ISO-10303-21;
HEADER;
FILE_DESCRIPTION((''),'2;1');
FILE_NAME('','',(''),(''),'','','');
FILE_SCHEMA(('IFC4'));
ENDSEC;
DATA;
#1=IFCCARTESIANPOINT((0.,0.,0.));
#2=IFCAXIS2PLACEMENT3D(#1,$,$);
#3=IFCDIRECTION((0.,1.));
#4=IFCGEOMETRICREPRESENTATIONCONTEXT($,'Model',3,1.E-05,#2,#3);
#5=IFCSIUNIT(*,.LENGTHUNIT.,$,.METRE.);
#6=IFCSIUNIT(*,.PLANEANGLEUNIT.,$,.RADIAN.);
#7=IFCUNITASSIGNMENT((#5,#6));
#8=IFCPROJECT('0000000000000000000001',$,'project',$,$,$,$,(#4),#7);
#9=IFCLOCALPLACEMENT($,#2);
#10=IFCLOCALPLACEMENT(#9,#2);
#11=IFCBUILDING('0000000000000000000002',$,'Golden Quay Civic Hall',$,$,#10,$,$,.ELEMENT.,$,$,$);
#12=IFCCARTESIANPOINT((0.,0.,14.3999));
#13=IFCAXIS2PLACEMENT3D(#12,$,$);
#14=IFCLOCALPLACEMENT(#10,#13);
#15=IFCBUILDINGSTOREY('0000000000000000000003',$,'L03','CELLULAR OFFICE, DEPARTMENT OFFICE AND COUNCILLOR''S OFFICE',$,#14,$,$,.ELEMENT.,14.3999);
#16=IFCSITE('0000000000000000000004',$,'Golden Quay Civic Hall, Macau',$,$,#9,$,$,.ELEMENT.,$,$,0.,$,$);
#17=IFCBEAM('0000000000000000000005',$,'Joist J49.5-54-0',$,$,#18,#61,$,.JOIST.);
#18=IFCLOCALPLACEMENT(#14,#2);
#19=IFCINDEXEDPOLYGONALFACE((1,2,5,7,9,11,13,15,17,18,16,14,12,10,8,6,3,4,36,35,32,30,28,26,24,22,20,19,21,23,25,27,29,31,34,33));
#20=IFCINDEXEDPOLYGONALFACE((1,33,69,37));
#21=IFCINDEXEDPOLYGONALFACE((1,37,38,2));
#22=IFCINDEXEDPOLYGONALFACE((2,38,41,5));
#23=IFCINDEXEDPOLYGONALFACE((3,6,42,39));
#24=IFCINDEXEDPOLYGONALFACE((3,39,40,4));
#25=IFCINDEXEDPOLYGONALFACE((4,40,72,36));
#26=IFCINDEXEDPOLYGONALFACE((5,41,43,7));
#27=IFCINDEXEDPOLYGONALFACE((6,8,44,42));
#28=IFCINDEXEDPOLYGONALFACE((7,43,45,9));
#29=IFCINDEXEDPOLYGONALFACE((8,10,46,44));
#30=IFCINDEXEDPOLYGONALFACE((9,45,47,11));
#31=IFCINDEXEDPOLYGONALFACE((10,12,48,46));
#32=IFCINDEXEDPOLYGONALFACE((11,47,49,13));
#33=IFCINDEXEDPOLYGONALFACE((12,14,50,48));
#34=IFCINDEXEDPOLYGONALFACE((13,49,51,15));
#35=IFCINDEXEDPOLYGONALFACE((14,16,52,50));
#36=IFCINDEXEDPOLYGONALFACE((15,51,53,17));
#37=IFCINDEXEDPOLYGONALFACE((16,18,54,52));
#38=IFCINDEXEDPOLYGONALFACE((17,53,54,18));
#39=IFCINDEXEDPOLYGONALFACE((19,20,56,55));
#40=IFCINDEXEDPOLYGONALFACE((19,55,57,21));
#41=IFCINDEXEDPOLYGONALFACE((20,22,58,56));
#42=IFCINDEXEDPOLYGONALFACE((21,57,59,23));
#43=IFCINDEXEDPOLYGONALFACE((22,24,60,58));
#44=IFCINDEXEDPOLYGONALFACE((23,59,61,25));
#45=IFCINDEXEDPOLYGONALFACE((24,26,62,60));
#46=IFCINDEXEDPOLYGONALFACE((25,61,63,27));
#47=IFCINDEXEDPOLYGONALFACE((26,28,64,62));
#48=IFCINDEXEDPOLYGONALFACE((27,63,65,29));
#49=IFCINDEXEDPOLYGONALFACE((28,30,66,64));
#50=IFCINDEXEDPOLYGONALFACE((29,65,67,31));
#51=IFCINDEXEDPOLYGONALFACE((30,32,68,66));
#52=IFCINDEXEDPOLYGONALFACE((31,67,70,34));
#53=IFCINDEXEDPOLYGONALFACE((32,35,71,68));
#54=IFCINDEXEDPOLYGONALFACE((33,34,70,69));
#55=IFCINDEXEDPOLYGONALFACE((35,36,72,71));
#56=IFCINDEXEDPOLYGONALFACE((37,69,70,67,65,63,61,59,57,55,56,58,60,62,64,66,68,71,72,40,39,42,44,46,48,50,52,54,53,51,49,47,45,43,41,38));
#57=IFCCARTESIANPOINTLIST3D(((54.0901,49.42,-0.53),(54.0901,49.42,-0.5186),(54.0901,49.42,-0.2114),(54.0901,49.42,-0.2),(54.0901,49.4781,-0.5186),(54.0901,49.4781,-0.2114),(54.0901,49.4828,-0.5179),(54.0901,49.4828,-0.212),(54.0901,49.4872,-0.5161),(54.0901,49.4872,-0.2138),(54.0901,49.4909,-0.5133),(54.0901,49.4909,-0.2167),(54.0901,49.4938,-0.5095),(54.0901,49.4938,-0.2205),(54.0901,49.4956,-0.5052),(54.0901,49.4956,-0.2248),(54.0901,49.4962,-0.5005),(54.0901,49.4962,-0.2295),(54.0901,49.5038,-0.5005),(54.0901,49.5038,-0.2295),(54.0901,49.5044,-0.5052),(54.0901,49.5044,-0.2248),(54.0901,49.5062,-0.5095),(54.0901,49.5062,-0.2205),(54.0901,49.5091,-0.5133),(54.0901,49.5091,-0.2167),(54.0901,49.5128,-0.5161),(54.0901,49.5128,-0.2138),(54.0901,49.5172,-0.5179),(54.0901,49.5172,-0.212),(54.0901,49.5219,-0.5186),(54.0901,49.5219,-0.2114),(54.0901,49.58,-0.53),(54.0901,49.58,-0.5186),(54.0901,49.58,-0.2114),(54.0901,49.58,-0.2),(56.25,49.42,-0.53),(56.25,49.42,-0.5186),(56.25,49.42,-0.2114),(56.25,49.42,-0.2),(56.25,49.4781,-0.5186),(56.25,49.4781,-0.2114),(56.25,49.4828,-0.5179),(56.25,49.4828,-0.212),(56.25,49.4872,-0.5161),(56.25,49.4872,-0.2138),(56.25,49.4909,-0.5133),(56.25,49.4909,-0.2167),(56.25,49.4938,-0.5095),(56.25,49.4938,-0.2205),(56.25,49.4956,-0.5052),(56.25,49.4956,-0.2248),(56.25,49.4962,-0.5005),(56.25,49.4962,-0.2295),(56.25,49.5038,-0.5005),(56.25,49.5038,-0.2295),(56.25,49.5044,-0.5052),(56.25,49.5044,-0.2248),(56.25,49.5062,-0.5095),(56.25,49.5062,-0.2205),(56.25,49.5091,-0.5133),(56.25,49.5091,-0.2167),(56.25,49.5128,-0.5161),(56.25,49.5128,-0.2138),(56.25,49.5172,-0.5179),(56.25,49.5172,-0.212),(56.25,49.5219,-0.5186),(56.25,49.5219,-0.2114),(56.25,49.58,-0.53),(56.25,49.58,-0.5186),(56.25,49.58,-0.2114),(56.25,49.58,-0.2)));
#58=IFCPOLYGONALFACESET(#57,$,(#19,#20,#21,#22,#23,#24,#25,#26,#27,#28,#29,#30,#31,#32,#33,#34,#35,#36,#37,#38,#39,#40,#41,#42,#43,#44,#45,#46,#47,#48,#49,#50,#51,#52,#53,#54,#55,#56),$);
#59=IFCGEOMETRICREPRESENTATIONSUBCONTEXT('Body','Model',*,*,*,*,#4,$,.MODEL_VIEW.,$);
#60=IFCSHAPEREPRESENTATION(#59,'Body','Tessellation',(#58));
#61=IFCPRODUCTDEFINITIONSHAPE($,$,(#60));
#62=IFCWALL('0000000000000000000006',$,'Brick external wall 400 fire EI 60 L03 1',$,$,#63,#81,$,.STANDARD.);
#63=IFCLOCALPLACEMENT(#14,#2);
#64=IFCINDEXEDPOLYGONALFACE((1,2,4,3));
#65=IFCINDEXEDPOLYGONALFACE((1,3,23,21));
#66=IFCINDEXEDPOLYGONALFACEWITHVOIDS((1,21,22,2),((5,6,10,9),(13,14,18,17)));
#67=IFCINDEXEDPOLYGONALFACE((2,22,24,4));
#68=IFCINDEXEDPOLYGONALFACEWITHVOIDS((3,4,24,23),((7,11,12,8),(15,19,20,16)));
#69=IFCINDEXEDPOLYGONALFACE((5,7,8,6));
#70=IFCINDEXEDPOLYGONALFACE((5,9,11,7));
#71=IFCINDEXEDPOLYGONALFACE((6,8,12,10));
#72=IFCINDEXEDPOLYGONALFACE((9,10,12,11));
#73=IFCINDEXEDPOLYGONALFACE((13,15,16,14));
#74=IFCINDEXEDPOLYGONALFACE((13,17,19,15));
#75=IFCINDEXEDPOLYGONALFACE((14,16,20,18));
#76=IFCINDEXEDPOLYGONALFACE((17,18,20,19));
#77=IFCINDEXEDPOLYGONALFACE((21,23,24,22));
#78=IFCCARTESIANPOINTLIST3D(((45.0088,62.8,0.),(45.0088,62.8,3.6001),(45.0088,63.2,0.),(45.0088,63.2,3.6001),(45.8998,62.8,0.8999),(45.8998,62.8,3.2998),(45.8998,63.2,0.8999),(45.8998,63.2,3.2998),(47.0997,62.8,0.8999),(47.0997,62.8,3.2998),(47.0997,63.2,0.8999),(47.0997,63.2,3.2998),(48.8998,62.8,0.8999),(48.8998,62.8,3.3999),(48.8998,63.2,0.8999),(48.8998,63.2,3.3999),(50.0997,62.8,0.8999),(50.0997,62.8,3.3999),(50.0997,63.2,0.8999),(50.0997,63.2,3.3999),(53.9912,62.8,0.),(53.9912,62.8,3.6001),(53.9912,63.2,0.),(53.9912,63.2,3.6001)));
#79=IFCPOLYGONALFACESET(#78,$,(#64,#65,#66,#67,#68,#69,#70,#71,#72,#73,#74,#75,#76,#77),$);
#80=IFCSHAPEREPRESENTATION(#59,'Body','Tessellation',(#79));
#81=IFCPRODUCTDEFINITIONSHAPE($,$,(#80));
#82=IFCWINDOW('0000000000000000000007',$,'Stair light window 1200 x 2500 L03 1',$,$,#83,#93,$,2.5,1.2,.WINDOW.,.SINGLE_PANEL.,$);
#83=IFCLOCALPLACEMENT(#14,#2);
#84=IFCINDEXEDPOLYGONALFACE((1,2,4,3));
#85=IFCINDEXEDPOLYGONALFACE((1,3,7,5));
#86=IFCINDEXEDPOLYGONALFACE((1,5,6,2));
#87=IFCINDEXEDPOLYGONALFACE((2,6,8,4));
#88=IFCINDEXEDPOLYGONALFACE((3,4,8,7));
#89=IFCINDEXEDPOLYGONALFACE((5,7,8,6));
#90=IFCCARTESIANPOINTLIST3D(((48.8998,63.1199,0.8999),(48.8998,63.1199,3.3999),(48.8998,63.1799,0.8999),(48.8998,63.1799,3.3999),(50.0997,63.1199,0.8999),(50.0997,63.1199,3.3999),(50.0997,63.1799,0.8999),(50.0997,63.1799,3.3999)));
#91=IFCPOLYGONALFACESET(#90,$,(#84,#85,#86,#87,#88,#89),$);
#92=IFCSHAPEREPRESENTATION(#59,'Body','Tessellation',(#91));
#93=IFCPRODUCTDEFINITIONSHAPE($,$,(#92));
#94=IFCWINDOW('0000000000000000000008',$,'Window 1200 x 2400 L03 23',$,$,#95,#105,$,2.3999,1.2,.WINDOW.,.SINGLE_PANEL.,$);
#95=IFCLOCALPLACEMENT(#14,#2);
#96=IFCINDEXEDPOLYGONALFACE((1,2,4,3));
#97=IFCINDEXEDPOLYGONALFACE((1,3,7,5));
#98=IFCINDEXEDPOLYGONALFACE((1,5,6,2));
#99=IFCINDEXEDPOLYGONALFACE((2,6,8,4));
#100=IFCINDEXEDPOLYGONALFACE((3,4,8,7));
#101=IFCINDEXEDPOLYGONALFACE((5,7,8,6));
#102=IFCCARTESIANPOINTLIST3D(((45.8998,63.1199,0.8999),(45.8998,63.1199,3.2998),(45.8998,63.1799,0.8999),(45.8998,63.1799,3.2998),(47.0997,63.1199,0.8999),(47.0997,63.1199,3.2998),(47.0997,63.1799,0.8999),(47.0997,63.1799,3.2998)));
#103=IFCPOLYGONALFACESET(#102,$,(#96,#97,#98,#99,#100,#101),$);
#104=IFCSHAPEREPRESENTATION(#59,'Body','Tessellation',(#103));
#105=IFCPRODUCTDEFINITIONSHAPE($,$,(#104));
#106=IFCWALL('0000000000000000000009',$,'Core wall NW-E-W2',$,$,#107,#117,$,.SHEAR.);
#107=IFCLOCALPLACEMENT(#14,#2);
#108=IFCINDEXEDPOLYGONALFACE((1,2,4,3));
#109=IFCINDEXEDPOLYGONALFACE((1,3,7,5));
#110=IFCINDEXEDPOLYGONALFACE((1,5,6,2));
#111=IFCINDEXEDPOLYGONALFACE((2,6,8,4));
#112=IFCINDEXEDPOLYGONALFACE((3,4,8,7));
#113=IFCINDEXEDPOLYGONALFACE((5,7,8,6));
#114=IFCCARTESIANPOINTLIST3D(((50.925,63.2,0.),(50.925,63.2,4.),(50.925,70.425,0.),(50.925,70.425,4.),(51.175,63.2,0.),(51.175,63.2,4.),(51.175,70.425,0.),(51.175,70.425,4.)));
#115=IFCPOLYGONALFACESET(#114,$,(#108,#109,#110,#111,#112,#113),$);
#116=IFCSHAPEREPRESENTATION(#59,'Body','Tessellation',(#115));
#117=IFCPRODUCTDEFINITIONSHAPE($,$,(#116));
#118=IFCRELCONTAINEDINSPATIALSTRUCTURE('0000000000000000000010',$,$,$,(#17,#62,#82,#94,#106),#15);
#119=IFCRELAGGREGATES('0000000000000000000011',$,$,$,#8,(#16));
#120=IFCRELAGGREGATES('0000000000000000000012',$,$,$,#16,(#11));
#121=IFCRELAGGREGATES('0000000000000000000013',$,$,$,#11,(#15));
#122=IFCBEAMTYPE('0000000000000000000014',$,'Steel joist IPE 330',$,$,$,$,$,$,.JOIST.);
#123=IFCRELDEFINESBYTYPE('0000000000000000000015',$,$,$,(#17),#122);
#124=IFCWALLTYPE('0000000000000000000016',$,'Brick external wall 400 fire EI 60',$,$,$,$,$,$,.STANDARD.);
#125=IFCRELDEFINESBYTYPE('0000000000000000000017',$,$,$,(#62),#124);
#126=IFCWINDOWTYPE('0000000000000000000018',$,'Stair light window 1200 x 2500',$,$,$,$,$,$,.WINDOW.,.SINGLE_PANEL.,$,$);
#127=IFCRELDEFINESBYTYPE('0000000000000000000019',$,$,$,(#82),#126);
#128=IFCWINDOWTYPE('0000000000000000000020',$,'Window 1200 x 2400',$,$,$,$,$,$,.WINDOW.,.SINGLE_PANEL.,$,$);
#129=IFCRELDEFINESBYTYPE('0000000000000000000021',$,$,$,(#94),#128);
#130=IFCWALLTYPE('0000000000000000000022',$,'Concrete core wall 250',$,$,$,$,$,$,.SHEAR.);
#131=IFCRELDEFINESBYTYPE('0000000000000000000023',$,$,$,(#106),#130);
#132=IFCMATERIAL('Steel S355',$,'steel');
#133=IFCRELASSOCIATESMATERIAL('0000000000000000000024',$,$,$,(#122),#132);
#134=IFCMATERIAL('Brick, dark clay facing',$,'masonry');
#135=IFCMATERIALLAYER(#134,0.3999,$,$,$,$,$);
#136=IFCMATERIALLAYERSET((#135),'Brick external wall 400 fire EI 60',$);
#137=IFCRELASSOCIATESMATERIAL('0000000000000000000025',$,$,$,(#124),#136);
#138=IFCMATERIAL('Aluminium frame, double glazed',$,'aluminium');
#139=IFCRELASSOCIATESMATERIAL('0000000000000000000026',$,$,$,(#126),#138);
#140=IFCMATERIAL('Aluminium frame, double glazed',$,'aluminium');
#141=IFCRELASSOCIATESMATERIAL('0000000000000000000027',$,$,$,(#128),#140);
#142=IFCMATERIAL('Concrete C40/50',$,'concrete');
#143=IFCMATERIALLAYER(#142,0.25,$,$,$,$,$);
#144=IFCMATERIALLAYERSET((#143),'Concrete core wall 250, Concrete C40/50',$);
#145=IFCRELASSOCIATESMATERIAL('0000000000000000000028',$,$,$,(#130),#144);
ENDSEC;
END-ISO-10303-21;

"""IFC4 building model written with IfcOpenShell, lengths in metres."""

from ifc_helpers import new_model, si_unit, direction, frame, frame_2d, origin, origin_2d, place, context, subcontext, project, spatial, rectangle, i_section, extrude, material, layer, layer_set, material_profile, profile_set, type_object, element, fill, save


model = new_model("IFC4")

# Units and contexts
model_context = context("Model", 3, precision=1e-05, world=origin(), true_north=direction((0.0, 1.0)))
body_context = subcontext(model_context, "Body", "Model", "MODEL_VIEW")
ifc_project = project(units=[si_unit("LENGTHUNIT", "METRE"), si_unit("PLANEANGLEUNIT", "RADIAN")], contexts=[model_context])

# Site, building, storey
site_placement = place(None, origin())
site = spatial("IfcSite", under=ifc_project, at=site_placement, Name="Golden Quay Civic Hall, Macau", CompositionType="ELEMENT", RefElevation=0.0)
building_placement = place(site_placement, origin())
building = spatial("IfcBuilding", under=site, at=building_placement, Name="Golden Quay Civic Hall", CompositionType="ELEMENT")
storey_placement = place(building_placement, frame((0.0, 0.0, 14.3999)))
storey = spatial("IfcBuildingStorey", under=building, at=storey_placement, Name="L03", Description="CELLULAR OFFICE, DEPARTMENT OFFICE AND COUNCILLOR'S OFFICE", CompositionType="ELEMENT", Elevation=14.3999)

# Beam
ifc_material_1 = material(Name="Steel S355", Category="steel")
ifc_material_profile_1 = material_profile(ifc_material_1, i_section(OverallWidth=0.1599, OverallDepth=0.3301, WebThickness=0.0076, FlangeThickness=0.0115, FilletRadius=0.0181, at=origin_2d()), Name="IPE 330")
ifc_profile_set_1 = profile_set([ifc_material_profile_1], Name="Steel S355")
beam_type_1 = type_object("IfcBeamType", Name="Steel joist IPE 330", PredefinedType="JOIST", material=ifc_profile_set_1)
beam_1_placement = place(storey_placement, frame((54.0901, 49.5, -0.365), z_axis=(1.0, 0.0, 0.0), x_axis=(0.0, 1.0, 0.0)))
element("IfcBeam", 1, at=beam_1_placement, inside=storey, type_object=beam_type_1, Name="Joist J49.5-54-0", PredefinedType="JOIST", context=body_context, shape_type="SweptSolid", body=[
    extrude(i_section(OverallWidth=0.1599, OverallDepth=0.3301, WebThickness=0.0076, FlangeThickness=0.0115, FilletRadius=0.0181, at=origin_2d()), origin(), (0.0, 0.0, 1.0), 2.1599),
])

# Wall, openings, windows
ifc_material_2 = material(Name="Brick, dark clay facing", Category="masonry")
ifc_layer_1 = layer(ifc_material_2, 0.3999)
ifc_layer_set_1 = layer_set([ifc_layer_1], Name="Brick external wall 400 fire EI 60")
wall_type_1 = type_object("IfcWallType", Name="Brick external wall 400 fire EI 60", PredefinedType="STANDARD", material=ifc_layer_set_1)
wall_1_placement = place(storey_placement, frame((53.9912, 63.0, 0.0), z_axis=(0.0, 0.0, 1.0), x_axis=(-1.0, 0.0, 0.0)))
wall_1 = element("IfcWall", 2, at=wall_1_placement, inside=storey, type_object=wall_type_1, Name="Brick external wall 400 fire EI 60 L03 1", PredefinedType="STANDARD", context=body_context, shape_type="SweptSolid", body=[
    extrude(rectangle(XDim=8.9824, YDim=0.3999, at=frame_2d((4.4912, 0.0))), origin(), (0.0, 0.0, 1.0), 3.6001),
])
opening_1_placement = place(wall_1_placement, frame((6.8914, 0.0, 0.8999)))
opening_1 = element("IfcOpeningElement", 3, at=opening_1_placement, cuts=wall_1, PredefinedType="OPENING", context=body_context, shape_type="SweptSolid", body=[
    extrude(rectangle(XDim=1.2, YDim=2.3999, at=frame_2d((0.6001, 1.2))), frame((0.0, 0.21, 0.0), z_axis=(0.0, -1.0, 0.0), x_axis=(1.0, 0.0, 0.0)), (0.0, 0.0, 1.0), 0.4199),
])
opening_2_placement = place(wall_1_placement, frame((3.8914, 0.0, 0.8999)))
opening_2 = element("IfcOpeningElement", 4, at=opening_2_placement, cuts=wall_1, PredefinedType="OPENING", context=body_context, shape_type="SweptSolid", body=[
    extrude(rectangle(XDim=1.2, YDim=2.5, at=frame_2d((0.6001, 1.25))), frame((0.0, 0.21, 0.0), z_axis=(0.0, -1.0, 0.0), x_axis=(1.0, 0.0, 0.0)), (0.0, 0.0, 1.0), 0.4199),
])
ifc_material_3 = material(Name="Aluminium frame, double glazed", Category="aluminium")
window_type_1 = type_object("IfcWindowType", Name="Stair light window 1200 x 2500", PartitioningType="SINGLE_PANEL", PredefinedType="WINDOW", material=ifc_material_3)
window_1_placement = place(opening_2_placement, origin())
window_1 = element("IfcWindow", 5, at=window_1_placement, inside=storey, type_object=window_type_1, Name="Stair light window 1200 x 2500 L03 1", OverallHeight=2.5, OverallWidth=1.2, PartitioningType="SINGLE_PANEL", PredefinedType="WINDOW", context=body_context, shape_type="SweptSolid", body=[
    extrude(rectangle(XDim=1.2, YDim=2.5, at=frame_2d((0.6001, 1.25))), frame((0.0, -0.1199, 0.0), z_axis=(0.0, -1.0, 0.0), x_axis=(1.0, 0.0, 0.0)), (0.0, 0.0, 1.0), 0.0601),
])
fill(opening_2, window_1)
ifc_material_4 = material(Name="Aluminium frame, double glazed", Category="aluminium")
window_type_2 = type_object("IfcWindowType", Name="Window 1200 x 2400", PartitioningType="SINGLE_PANEL", PredefinedType="WINDOW", material=ifc_material_4)
window_2_placement = place(opening_1_placement, origin())
window_2 = element("IfcWindow", 6, at=window_2_placement, inside=storey, type_object=window_type_2, Name="Window 1200 x 2400 L03 23", OverallHeight=2.3999, OverallWidth=1.2, PartitioningType="SINGLE_PANEL", PredefinedType="WINDOW", context=body_context, shape_type="SweptSolid", body=[
    extrude(rectangle(XDim=1.2, YDim=2.3999, at=frame_2d((0.6001, 1.2))), frame((0.0, -0.1199, 0.0), z_axis=(0.0, -1.0, 0.0), x_axis=(1.0, 0.0, 0.0)), (0.0, 0.0, 1.0), 0.0601),
])
fill(opening_1, window_2)

# Wall
ifc_material_5 = material(Name="Concrete C40/50", Category="concrete")
ifc_layer_2 = layer(ifc_material_5, 0.25)
ifc_layer_set_2 = layer_set([ifc_layer_2], Name="Concrete core wall 250, Concrete C40/50")
wall_type_2 = type_object("IfcWallType", Name="Concrete core wall 250", PredefinedType="SHEAR", material=ifc_layer_set_2)
wall_2_placement = place(storey_placement, frame((51.05, 63.2, 0.0), z_axis=(0.0, 0.0, 1.0), x_axis=(0.0, 1.0, 0.0)))
element("IfcWall", 7, at=wall_2_placement, inside=storey, type_object=wall_type_2, Name="Core wall NW-E-W2", PredefinedType="SHEAR", context=body_context, shape_type="SweptSolid", body=[
    extrude(rectangle(XDim=7.2251, YDim=0.25, at=frame_2d((3.6125, 0.0))), origin(), (0.0, 0.0, 1.0), 4.0),
])

save(model, "model.ifc")
